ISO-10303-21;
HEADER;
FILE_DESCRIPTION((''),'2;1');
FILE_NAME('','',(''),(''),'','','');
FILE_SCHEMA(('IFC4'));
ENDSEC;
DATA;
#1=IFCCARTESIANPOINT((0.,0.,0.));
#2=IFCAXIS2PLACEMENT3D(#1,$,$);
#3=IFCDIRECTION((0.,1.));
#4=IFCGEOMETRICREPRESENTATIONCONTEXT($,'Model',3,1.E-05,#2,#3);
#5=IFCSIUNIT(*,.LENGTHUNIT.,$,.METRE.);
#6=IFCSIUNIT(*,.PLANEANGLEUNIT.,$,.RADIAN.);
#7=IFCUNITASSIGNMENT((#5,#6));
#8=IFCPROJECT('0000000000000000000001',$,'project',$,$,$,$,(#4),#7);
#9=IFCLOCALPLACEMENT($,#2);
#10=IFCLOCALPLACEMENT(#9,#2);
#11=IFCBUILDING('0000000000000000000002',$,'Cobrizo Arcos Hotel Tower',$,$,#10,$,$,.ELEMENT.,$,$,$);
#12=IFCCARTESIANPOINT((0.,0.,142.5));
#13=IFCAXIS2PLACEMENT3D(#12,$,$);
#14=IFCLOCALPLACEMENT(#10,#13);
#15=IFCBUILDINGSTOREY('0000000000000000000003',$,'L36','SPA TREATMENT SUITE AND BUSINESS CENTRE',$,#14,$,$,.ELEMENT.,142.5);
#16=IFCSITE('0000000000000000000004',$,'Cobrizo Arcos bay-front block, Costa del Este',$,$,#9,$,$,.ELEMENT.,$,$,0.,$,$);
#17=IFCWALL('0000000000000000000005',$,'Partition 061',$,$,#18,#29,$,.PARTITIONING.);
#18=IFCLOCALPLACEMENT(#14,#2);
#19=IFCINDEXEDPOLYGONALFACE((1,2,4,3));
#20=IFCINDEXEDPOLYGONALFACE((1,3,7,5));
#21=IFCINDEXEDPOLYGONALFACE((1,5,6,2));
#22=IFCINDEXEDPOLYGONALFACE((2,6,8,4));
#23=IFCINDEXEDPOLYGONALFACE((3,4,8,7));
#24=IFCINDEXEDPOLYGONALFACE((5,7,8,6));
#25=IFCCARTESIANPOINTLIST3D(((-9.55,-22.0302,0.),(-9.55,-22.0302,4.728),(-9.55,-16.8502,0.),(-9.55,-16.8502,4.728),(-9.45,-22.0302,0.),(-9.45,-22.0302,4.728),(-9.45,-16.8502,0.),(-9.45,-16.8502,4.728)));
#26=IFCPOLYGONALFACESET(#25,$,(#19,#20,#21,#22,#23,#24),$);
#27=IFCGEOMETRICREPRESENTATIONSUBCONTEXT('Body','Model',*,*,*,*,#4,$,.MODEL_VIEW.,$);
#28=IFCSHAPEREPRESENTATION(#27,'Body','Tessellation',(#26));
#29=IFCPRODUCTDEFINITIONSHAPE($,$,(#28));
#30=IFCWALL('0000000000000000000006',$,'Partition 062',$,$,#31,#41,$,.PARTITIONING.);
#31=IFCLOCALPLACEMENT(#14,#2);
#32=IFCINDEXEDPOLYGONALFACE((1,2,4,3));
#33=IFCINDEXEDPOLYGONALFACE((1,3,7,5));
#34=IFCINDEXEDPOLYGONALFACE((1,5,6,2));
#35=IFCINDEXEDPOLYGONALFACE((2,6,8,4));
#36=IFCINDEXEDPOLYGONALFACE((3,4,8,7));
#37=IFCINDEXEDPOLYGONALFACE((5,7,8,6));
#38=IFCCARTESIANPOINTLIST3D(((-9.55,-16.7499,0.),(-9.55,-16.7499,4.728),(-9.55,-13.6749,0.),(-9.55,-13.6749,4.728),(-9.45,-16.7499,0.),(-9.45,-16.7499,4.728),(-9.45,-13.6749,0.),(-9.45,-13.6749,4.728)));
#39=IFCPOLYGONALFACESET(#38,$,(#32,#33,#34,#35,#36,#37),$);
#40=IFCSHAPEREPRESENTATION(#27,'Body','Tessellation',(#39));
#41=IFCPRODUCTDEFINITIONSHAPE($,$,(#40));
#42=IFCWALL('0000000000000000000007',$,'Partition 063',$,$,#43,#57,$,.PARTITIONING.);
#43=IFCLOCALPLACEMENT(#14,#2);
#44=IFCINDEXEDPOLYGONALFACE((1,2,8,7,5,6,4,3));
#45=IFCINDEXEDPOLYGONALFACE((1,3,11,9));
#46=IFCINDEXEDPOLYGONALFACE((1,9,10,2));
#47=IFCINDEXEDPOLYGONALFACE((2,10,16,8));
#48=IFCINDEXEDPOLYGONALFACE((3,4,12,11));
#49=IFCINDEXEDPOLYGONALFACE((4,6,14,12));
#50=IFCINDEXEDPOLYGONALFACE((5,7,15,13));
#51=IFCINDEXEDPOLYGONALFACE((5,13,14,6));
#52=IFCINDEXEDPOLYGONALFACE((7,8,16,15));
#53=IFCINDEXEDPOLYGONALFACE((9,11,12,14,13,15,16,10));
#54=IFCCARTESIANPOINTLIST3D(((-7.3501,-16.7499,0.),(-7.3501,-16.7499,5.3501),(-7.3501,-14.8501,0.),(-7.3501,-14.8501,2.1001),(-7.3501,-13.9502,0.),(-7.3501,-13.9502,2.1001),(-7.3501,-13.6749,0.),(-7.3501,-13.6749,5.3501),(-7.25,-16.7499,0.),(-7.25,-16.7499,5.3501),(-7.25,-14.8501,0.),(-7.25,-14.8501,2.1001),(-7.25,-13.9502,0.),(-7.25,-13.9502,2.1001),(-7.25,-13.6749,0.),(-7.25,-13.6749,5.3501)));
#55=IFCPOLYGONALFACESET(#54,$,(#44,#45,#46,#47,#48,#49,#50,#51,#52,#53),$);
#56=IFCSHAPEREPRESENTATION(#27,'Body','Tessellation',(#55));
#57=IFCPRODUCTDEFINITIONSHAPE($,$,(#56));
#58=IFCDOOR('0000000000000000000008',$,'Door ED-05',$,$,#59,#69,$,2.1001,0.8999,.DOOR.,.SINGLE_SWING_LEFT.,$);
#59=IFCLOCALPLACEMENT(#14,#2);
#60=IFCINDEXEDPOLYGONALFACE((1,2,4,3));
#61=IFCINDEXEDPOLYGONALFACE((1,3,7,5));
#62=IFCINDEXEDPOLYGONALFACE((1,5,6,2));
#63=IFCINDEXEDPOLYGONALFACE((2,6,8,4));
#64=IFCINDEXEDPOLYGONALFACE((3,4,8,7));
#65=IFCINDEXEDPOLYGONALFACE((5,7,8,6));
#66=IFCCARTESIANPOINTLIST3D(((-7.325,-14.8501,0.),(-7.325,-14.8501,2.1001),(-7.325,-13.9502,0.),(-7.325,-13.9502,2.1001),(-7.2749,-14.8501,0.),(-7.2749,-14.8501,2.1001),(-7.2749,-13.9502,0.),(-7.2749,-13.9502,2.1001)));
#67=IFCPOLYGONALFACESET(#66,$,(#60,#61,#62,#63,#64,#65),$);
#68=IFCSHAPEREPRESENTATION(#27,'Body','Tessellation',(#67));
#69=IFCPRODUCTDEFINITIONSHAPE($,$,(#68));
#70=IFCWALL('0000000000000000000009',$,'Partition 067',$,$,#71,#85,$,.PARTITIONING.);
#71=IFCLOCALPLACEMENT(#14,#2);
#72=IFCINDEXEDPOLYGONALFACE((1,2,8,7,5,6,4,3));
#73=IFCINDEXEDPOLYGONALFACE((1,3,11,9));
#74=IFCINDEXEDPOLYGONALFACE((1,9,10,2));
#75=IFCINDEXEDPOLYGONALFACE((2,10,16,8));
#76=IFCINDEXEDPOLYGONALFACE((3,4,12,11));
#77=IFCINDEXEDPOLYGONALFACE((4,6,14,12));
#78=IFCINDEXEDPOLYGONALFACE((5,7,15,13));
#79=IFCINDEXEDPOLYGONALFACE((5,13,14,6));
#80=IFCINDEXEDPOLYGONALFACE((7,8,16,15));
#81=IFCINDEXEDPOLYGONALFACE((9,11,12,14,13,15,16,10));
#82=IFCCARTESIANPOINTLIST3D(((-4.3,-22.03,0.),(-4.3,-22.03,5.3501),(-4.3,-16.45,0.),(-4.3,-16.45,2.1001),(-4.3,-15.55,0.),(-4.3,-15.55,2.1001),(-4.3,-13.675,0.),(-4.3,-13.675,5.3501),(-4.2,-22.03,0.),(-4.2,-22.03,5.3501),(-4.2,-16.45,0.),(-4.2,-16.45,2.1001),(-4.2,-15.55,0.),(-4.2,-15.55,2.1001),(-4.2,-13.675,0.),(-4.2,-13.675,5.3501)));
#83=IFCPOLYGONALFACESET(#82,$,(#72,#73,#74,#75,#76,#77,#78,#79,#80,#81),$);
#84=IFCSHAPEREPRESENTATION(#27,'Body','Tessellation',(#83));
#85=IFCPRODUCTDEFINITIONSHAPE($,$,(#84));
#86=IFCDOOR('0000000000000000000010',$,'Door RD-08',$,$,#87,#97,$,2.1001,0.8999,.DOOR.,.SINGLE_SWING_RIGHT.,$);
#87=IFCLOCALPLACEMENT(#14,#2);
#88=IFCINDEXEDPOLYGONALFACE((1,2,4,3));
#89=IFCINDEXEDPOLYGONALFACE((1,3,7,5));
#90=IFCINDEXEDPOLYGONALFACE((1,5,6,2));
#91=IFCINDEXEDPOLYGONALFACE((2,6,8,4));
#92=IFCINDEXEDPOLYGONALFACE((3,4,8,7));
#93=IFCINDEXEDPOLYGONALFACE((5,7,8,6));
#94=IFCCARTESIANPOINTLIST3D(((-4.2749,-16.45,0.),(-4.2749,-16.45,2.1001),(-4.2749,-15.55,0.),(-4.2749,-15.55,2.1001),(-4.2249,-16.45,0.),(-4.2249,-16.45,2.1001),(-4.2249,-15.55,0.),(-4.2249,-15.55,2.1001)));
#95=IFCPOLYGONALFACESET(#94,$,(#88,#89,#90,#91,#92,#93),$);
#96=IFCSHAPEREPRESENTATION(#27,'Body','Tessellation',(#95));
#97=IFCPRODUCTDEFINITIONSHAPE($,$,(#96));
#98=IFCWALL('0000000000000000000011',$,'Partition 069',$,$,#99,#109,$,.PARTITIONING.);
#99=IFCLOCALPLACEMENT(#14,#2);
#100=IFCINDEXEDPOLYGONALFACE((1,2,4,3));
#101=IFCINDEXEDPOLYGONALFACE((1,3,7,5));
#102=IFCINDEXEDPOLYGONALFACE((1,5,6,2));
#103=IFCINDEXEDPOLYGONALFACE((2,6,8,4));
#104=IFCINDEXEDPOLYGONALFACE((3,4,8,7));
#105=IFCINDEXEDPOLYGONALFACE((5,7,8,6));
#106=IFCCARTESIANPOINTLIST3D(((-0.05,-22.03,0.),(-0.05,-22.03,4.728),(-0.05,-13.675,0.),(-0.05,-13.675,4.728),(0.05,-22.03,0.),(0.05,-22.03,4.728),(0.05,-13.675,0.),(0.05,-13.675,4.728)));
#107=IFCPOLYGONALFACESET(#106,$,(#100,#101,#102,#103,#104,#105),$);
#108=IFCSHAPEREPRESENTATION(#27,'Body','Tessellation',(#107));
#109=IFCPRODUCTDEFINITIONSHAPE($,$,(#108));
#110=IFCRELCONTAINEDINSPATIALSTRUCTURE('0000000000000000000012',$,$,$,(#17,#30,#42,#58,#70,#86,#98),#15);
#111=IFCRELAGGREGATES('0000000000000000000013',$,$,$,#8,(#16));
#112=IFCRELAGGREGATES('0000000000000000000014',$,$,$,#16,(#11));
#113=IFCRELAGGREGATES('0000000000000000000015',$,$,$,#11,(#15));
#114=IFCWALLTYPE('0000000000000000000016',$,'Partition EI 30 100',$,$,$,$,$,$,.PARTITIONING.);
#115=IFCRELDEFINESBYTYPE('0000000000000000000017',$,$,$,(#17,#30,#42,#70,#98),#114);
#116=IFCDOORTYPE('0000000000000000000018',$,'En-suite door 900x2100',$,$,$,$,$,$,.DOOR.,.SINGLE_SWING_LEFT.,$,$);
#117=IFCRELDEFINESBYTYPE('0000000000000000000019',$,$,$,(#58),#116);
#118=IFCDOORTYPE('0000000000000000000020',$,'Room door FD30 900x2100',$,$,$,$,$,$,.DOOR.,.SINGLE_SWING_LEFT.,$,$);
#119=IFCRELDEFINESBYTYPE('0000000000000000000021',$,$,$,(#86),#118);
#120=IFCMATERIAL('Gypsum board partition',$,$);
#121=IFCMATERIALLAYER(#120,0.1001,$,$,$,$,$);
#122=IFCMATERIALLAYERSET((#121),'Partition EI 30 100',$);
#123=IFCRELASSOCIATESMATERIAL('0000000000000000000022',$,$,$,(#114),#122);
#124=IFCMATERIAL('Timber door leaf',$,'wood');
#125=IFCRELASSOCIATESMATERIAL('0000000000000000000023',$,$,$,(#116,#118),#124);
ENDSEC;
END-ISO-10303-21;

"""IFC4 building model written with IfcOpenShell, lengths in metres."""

from ifc_helpers import new_model, si_unit, direction, frame, frame_2d, origin, place, context, subcontext, project, spatial, rectangle, extrude, material, layer, layer_set, type_object, element, fill, save


model = new_model("IFC4")

# Units and contexts
model_context = context("Model", 3, precision=1e-05, world=origin(), true_north=direction((0.0, 1.0)))
body_context = subcontext(model_context, "Body", "Model", "MODEL_VIEW")
ifc_project = project(units=[si_unit("LENGTHUNIT", "METRE"), si_unit("PLANEANGLEUNIT", "RADIAN")], contexts=[model_context])

# Site, building, storey
site_placement = place(None, origin())
site = spatial("IfcSite", under=ifc_project, at=site_placement, Name="Cobrizo Arcos bay-front block, Costa del Este", CompositionType="ELEMENT", RefElevation=0.0)
building_placement = place(site_placement, origin())
building = spatial("IfcBuilding", under=site, at=building_placement, Name="Cobrizo Arcos Hotel Tower", CompositionType="ELEMENT")
storey_placement = place(building_placement, frame((0.0, 0.0, 142.5)))
storey = spatial("IfcBuildingStorey", under=building, at=storey_placement, Name="L36", Description="SPA TREATMENT SUITE AND BUSINESS CENTRE", CompositionType="ELEMENT", Elevation=142.5)

# Shared definitions
ifc_material_1 = material(Name="Gypsum board partition")
ifc_layer_1 = layer(ifc_material_1, 0.1001)
ifc_layer_set_1 = layer_set([ifc_layer_1], Name="Partition EI 30 100")
wall_type = type_object("IfcWallType", Name="Partition EI 30 100", PredefinedType="PARTITIONING", material=ifc_layer_set_1)
ifc_material_2 = material(Name="Timber door leaf", Category="wood")
door_type_1 = type_object("IfcDoorType", Name="En-suite door 900x2100", OperationType="SINGLE_SWING_LEFT", PredefinedType="DOOR", material=ifc_material_2)

# Walls
wall_1_placement = place(storey_placement, frame((-9.5, -22.03, 0.0), z_axis=(0.0, 0.0, 1.0), x_axis=(0.0, 1.0, 0.0)))
element("IfcWall", 1, at=wall_1_placement, inside=storey, type_object=wall_type, Name="Partition 061", PredefinedType="PARTITIONING", context=body_context, shape_type="SweptSolid", body=[
    extrude(rectangle(XDim=5.1799, YDim=0.1001, at=frame_2d((2.5898, 0.0))), origin(), (0.0, 0.0, 1.0), 4.728),
])
wall_2_placement = place(storey_placement, frame((-9.5, -16.75, 0.0), z_axis=(0.0, 0.0, 1.0), x_axis=(0.0, 1.0, 0.0)))
element("IfcWall", 2, at=wall_2_placement, inside=storey, type_object=wall_type, Name="Partition 062", PredefinedType="PARTITIONING", context=body_context, shape_type="SweptSolid", body=[
    extrude(rectangle(XDim=3.075, YDim=0.1001, at=frame_2d((1.5376, 0.0))), origin(), (0.0, 0.0, 1.0), 4.728),
])

# Walls, openings, doors
wall_3_placement = place(storey_placement, frame((-7.3, -16.75, 0.0), z_axis=(0.0, 0.0, 1.0), x_axis=(0.0, 1.0, 0.0)))
wall_3 = element("IfcWall", 3, at=wall_3_placement, inside=storey, type_object=wall_type, Name="Partition 063", PredefinedType="PARTITIONING", context=body_context, shape_type="SweptSolid", body=[
    extrude(rectangle(XDim=3.075, YDim=0.1001, at=frame_2d((1.5376, 0.0))), origin(), (0.0, 0.0, 1.0), 5.3501),
])
opening_1_placement = place(wall_3_placement, frame((1.8999, 0.0, 0.0)))
opening_1 = element("IfcOpeningElement", 4, at=opening_1_placement, cuts=wall_3, PredefinedType="OPENING", context=body_context, shape_type="SweptSolid", body=[
    extrude(rectangle(XDim=0.8999, YDim=2.1001, at=frame_2d((0.45, 1.05))), frame((0.0, 0.062, 0.0), z_axis=(0.0, -1.0, 0.0), x_axis=(1.0, 0.0, 0.0)), (0.0, 0.0, 1.0), 0.124),
])
door_1_placement = place(opening_1_placement, origin())
door_1 = element("IfcDoor", 5, at=door_1_placement, inside=storey, type_object=door_type_1, Name="Door ED-05", OperationType="SINGLE_SWING_LEFT", OverallHeight=2.1001, OverallWidth=0.8999, PredefinedType="DOOR", context=body_context, shape_type="SweptSolid", body=[
    extrude(rectangle(XDim=0.8999, YDim=2.1001, at=frame_2d((0.45, 1.05))), frame((0.0, 0.0249, 0.0), z_axis=(0.0, -1.0, 0.0), x_axis=(1.0, 0.0, 0.0)), (0.0, 0.0, 1.0), 0.05),
])
fill(opening_1, door_1)
wall_4_placement = place(storey_placement, frame((-4.25, -22.03, 0.0), z_axis=(0.0, 0.0, 1.0), x_axis=(0.0, 1.0, 0.0)))
wall_4 = element("IfcWall", 6, at=wall_4_placement, inside=storey, type_object=wall_type, Name="Partition 067", PredefinedType="PARTITIONING", context=body_context, shape_type="SweptSolid", body=[
    extrude(rectangle(XDim=8.355, YDim=0.1001, at=frame_2d((4.1775, 0.0))), origin(), (0.0, 0.0, 1.0), 5.3501),
])
opening_2_placement = place(wall_4_placement, frame((5.5801, 0.0, 0.0)))
opening_2 = element("IfcOpeningElement", 7, at=opening_2_placement, cuts=wall_4, PredefinedType="OPENING", context=body_context, shape_type="SweptSolid", body=[
    extrude(rectangle(XDim=0.8999, YDim=2.1001, at=frame_2d((0.45, 1.05))), frame((0.0, 0.062, 0.0), z_axis=(0.0, -1.0, 0.0), x_axis=(1.0, 0.0, 0.0)), (0.0, 0.0, 1.0), 0.124),
])
door_type_2 = type_object("IfcDoorType", Name="Room door FD30 900x2100", OperationType="SINGLE_SWING_LEFT", PredefinedType="DOOR", material=ifc_material_2)
door_2_placement = place(opening_2_placement, origin())
door_2 = element("IfcDoor", 8, at=door_2_placement, inside=storey, type_object=door_type_2, Name="Door RD-08", OperationType="SINGLE_SWING_RIGHT", OverallHeight=2.1001, OverallWidth=0.8999, PredefinedType="DOOR", context=body_context, shape_type="SweptSolid", body=[
    extrude(rectangle(XDim=0.8999, YDim=2.1001, at=frame_2d((0.45, 1.05))), frame((0.0, 0.0249, 0.0), z_axis=(0.0, -1.0, 0.0), x_axis=(1.0, 0.0, 0.0)), (0.0, 0.0, 1.0), 0.05),
])
fill(opening_2, door_2)

# Wall
wall_5_placement = place(storey_placement, frame((0.0, -22.03, 0.0), z_axis=(0.0, 0.0, 1.0), x_axis=(0.0, 1.0, 0.0)))
element("IfcWall", 9, at=wall_5_placement, inside=storey, type_object=wall_type, Name="Partition 069", PredefinedType="PARTITIONING", context=body_context, shape_type="SweptSolid", body=[
    extrude(rectangle(XDim=8.355, YDim=0.1001, at=frame_2d((4.1775, 0.0))), origin(), (0.0, 0.0, 1.0), 4.728),
])

save(model, "model.ifc")
